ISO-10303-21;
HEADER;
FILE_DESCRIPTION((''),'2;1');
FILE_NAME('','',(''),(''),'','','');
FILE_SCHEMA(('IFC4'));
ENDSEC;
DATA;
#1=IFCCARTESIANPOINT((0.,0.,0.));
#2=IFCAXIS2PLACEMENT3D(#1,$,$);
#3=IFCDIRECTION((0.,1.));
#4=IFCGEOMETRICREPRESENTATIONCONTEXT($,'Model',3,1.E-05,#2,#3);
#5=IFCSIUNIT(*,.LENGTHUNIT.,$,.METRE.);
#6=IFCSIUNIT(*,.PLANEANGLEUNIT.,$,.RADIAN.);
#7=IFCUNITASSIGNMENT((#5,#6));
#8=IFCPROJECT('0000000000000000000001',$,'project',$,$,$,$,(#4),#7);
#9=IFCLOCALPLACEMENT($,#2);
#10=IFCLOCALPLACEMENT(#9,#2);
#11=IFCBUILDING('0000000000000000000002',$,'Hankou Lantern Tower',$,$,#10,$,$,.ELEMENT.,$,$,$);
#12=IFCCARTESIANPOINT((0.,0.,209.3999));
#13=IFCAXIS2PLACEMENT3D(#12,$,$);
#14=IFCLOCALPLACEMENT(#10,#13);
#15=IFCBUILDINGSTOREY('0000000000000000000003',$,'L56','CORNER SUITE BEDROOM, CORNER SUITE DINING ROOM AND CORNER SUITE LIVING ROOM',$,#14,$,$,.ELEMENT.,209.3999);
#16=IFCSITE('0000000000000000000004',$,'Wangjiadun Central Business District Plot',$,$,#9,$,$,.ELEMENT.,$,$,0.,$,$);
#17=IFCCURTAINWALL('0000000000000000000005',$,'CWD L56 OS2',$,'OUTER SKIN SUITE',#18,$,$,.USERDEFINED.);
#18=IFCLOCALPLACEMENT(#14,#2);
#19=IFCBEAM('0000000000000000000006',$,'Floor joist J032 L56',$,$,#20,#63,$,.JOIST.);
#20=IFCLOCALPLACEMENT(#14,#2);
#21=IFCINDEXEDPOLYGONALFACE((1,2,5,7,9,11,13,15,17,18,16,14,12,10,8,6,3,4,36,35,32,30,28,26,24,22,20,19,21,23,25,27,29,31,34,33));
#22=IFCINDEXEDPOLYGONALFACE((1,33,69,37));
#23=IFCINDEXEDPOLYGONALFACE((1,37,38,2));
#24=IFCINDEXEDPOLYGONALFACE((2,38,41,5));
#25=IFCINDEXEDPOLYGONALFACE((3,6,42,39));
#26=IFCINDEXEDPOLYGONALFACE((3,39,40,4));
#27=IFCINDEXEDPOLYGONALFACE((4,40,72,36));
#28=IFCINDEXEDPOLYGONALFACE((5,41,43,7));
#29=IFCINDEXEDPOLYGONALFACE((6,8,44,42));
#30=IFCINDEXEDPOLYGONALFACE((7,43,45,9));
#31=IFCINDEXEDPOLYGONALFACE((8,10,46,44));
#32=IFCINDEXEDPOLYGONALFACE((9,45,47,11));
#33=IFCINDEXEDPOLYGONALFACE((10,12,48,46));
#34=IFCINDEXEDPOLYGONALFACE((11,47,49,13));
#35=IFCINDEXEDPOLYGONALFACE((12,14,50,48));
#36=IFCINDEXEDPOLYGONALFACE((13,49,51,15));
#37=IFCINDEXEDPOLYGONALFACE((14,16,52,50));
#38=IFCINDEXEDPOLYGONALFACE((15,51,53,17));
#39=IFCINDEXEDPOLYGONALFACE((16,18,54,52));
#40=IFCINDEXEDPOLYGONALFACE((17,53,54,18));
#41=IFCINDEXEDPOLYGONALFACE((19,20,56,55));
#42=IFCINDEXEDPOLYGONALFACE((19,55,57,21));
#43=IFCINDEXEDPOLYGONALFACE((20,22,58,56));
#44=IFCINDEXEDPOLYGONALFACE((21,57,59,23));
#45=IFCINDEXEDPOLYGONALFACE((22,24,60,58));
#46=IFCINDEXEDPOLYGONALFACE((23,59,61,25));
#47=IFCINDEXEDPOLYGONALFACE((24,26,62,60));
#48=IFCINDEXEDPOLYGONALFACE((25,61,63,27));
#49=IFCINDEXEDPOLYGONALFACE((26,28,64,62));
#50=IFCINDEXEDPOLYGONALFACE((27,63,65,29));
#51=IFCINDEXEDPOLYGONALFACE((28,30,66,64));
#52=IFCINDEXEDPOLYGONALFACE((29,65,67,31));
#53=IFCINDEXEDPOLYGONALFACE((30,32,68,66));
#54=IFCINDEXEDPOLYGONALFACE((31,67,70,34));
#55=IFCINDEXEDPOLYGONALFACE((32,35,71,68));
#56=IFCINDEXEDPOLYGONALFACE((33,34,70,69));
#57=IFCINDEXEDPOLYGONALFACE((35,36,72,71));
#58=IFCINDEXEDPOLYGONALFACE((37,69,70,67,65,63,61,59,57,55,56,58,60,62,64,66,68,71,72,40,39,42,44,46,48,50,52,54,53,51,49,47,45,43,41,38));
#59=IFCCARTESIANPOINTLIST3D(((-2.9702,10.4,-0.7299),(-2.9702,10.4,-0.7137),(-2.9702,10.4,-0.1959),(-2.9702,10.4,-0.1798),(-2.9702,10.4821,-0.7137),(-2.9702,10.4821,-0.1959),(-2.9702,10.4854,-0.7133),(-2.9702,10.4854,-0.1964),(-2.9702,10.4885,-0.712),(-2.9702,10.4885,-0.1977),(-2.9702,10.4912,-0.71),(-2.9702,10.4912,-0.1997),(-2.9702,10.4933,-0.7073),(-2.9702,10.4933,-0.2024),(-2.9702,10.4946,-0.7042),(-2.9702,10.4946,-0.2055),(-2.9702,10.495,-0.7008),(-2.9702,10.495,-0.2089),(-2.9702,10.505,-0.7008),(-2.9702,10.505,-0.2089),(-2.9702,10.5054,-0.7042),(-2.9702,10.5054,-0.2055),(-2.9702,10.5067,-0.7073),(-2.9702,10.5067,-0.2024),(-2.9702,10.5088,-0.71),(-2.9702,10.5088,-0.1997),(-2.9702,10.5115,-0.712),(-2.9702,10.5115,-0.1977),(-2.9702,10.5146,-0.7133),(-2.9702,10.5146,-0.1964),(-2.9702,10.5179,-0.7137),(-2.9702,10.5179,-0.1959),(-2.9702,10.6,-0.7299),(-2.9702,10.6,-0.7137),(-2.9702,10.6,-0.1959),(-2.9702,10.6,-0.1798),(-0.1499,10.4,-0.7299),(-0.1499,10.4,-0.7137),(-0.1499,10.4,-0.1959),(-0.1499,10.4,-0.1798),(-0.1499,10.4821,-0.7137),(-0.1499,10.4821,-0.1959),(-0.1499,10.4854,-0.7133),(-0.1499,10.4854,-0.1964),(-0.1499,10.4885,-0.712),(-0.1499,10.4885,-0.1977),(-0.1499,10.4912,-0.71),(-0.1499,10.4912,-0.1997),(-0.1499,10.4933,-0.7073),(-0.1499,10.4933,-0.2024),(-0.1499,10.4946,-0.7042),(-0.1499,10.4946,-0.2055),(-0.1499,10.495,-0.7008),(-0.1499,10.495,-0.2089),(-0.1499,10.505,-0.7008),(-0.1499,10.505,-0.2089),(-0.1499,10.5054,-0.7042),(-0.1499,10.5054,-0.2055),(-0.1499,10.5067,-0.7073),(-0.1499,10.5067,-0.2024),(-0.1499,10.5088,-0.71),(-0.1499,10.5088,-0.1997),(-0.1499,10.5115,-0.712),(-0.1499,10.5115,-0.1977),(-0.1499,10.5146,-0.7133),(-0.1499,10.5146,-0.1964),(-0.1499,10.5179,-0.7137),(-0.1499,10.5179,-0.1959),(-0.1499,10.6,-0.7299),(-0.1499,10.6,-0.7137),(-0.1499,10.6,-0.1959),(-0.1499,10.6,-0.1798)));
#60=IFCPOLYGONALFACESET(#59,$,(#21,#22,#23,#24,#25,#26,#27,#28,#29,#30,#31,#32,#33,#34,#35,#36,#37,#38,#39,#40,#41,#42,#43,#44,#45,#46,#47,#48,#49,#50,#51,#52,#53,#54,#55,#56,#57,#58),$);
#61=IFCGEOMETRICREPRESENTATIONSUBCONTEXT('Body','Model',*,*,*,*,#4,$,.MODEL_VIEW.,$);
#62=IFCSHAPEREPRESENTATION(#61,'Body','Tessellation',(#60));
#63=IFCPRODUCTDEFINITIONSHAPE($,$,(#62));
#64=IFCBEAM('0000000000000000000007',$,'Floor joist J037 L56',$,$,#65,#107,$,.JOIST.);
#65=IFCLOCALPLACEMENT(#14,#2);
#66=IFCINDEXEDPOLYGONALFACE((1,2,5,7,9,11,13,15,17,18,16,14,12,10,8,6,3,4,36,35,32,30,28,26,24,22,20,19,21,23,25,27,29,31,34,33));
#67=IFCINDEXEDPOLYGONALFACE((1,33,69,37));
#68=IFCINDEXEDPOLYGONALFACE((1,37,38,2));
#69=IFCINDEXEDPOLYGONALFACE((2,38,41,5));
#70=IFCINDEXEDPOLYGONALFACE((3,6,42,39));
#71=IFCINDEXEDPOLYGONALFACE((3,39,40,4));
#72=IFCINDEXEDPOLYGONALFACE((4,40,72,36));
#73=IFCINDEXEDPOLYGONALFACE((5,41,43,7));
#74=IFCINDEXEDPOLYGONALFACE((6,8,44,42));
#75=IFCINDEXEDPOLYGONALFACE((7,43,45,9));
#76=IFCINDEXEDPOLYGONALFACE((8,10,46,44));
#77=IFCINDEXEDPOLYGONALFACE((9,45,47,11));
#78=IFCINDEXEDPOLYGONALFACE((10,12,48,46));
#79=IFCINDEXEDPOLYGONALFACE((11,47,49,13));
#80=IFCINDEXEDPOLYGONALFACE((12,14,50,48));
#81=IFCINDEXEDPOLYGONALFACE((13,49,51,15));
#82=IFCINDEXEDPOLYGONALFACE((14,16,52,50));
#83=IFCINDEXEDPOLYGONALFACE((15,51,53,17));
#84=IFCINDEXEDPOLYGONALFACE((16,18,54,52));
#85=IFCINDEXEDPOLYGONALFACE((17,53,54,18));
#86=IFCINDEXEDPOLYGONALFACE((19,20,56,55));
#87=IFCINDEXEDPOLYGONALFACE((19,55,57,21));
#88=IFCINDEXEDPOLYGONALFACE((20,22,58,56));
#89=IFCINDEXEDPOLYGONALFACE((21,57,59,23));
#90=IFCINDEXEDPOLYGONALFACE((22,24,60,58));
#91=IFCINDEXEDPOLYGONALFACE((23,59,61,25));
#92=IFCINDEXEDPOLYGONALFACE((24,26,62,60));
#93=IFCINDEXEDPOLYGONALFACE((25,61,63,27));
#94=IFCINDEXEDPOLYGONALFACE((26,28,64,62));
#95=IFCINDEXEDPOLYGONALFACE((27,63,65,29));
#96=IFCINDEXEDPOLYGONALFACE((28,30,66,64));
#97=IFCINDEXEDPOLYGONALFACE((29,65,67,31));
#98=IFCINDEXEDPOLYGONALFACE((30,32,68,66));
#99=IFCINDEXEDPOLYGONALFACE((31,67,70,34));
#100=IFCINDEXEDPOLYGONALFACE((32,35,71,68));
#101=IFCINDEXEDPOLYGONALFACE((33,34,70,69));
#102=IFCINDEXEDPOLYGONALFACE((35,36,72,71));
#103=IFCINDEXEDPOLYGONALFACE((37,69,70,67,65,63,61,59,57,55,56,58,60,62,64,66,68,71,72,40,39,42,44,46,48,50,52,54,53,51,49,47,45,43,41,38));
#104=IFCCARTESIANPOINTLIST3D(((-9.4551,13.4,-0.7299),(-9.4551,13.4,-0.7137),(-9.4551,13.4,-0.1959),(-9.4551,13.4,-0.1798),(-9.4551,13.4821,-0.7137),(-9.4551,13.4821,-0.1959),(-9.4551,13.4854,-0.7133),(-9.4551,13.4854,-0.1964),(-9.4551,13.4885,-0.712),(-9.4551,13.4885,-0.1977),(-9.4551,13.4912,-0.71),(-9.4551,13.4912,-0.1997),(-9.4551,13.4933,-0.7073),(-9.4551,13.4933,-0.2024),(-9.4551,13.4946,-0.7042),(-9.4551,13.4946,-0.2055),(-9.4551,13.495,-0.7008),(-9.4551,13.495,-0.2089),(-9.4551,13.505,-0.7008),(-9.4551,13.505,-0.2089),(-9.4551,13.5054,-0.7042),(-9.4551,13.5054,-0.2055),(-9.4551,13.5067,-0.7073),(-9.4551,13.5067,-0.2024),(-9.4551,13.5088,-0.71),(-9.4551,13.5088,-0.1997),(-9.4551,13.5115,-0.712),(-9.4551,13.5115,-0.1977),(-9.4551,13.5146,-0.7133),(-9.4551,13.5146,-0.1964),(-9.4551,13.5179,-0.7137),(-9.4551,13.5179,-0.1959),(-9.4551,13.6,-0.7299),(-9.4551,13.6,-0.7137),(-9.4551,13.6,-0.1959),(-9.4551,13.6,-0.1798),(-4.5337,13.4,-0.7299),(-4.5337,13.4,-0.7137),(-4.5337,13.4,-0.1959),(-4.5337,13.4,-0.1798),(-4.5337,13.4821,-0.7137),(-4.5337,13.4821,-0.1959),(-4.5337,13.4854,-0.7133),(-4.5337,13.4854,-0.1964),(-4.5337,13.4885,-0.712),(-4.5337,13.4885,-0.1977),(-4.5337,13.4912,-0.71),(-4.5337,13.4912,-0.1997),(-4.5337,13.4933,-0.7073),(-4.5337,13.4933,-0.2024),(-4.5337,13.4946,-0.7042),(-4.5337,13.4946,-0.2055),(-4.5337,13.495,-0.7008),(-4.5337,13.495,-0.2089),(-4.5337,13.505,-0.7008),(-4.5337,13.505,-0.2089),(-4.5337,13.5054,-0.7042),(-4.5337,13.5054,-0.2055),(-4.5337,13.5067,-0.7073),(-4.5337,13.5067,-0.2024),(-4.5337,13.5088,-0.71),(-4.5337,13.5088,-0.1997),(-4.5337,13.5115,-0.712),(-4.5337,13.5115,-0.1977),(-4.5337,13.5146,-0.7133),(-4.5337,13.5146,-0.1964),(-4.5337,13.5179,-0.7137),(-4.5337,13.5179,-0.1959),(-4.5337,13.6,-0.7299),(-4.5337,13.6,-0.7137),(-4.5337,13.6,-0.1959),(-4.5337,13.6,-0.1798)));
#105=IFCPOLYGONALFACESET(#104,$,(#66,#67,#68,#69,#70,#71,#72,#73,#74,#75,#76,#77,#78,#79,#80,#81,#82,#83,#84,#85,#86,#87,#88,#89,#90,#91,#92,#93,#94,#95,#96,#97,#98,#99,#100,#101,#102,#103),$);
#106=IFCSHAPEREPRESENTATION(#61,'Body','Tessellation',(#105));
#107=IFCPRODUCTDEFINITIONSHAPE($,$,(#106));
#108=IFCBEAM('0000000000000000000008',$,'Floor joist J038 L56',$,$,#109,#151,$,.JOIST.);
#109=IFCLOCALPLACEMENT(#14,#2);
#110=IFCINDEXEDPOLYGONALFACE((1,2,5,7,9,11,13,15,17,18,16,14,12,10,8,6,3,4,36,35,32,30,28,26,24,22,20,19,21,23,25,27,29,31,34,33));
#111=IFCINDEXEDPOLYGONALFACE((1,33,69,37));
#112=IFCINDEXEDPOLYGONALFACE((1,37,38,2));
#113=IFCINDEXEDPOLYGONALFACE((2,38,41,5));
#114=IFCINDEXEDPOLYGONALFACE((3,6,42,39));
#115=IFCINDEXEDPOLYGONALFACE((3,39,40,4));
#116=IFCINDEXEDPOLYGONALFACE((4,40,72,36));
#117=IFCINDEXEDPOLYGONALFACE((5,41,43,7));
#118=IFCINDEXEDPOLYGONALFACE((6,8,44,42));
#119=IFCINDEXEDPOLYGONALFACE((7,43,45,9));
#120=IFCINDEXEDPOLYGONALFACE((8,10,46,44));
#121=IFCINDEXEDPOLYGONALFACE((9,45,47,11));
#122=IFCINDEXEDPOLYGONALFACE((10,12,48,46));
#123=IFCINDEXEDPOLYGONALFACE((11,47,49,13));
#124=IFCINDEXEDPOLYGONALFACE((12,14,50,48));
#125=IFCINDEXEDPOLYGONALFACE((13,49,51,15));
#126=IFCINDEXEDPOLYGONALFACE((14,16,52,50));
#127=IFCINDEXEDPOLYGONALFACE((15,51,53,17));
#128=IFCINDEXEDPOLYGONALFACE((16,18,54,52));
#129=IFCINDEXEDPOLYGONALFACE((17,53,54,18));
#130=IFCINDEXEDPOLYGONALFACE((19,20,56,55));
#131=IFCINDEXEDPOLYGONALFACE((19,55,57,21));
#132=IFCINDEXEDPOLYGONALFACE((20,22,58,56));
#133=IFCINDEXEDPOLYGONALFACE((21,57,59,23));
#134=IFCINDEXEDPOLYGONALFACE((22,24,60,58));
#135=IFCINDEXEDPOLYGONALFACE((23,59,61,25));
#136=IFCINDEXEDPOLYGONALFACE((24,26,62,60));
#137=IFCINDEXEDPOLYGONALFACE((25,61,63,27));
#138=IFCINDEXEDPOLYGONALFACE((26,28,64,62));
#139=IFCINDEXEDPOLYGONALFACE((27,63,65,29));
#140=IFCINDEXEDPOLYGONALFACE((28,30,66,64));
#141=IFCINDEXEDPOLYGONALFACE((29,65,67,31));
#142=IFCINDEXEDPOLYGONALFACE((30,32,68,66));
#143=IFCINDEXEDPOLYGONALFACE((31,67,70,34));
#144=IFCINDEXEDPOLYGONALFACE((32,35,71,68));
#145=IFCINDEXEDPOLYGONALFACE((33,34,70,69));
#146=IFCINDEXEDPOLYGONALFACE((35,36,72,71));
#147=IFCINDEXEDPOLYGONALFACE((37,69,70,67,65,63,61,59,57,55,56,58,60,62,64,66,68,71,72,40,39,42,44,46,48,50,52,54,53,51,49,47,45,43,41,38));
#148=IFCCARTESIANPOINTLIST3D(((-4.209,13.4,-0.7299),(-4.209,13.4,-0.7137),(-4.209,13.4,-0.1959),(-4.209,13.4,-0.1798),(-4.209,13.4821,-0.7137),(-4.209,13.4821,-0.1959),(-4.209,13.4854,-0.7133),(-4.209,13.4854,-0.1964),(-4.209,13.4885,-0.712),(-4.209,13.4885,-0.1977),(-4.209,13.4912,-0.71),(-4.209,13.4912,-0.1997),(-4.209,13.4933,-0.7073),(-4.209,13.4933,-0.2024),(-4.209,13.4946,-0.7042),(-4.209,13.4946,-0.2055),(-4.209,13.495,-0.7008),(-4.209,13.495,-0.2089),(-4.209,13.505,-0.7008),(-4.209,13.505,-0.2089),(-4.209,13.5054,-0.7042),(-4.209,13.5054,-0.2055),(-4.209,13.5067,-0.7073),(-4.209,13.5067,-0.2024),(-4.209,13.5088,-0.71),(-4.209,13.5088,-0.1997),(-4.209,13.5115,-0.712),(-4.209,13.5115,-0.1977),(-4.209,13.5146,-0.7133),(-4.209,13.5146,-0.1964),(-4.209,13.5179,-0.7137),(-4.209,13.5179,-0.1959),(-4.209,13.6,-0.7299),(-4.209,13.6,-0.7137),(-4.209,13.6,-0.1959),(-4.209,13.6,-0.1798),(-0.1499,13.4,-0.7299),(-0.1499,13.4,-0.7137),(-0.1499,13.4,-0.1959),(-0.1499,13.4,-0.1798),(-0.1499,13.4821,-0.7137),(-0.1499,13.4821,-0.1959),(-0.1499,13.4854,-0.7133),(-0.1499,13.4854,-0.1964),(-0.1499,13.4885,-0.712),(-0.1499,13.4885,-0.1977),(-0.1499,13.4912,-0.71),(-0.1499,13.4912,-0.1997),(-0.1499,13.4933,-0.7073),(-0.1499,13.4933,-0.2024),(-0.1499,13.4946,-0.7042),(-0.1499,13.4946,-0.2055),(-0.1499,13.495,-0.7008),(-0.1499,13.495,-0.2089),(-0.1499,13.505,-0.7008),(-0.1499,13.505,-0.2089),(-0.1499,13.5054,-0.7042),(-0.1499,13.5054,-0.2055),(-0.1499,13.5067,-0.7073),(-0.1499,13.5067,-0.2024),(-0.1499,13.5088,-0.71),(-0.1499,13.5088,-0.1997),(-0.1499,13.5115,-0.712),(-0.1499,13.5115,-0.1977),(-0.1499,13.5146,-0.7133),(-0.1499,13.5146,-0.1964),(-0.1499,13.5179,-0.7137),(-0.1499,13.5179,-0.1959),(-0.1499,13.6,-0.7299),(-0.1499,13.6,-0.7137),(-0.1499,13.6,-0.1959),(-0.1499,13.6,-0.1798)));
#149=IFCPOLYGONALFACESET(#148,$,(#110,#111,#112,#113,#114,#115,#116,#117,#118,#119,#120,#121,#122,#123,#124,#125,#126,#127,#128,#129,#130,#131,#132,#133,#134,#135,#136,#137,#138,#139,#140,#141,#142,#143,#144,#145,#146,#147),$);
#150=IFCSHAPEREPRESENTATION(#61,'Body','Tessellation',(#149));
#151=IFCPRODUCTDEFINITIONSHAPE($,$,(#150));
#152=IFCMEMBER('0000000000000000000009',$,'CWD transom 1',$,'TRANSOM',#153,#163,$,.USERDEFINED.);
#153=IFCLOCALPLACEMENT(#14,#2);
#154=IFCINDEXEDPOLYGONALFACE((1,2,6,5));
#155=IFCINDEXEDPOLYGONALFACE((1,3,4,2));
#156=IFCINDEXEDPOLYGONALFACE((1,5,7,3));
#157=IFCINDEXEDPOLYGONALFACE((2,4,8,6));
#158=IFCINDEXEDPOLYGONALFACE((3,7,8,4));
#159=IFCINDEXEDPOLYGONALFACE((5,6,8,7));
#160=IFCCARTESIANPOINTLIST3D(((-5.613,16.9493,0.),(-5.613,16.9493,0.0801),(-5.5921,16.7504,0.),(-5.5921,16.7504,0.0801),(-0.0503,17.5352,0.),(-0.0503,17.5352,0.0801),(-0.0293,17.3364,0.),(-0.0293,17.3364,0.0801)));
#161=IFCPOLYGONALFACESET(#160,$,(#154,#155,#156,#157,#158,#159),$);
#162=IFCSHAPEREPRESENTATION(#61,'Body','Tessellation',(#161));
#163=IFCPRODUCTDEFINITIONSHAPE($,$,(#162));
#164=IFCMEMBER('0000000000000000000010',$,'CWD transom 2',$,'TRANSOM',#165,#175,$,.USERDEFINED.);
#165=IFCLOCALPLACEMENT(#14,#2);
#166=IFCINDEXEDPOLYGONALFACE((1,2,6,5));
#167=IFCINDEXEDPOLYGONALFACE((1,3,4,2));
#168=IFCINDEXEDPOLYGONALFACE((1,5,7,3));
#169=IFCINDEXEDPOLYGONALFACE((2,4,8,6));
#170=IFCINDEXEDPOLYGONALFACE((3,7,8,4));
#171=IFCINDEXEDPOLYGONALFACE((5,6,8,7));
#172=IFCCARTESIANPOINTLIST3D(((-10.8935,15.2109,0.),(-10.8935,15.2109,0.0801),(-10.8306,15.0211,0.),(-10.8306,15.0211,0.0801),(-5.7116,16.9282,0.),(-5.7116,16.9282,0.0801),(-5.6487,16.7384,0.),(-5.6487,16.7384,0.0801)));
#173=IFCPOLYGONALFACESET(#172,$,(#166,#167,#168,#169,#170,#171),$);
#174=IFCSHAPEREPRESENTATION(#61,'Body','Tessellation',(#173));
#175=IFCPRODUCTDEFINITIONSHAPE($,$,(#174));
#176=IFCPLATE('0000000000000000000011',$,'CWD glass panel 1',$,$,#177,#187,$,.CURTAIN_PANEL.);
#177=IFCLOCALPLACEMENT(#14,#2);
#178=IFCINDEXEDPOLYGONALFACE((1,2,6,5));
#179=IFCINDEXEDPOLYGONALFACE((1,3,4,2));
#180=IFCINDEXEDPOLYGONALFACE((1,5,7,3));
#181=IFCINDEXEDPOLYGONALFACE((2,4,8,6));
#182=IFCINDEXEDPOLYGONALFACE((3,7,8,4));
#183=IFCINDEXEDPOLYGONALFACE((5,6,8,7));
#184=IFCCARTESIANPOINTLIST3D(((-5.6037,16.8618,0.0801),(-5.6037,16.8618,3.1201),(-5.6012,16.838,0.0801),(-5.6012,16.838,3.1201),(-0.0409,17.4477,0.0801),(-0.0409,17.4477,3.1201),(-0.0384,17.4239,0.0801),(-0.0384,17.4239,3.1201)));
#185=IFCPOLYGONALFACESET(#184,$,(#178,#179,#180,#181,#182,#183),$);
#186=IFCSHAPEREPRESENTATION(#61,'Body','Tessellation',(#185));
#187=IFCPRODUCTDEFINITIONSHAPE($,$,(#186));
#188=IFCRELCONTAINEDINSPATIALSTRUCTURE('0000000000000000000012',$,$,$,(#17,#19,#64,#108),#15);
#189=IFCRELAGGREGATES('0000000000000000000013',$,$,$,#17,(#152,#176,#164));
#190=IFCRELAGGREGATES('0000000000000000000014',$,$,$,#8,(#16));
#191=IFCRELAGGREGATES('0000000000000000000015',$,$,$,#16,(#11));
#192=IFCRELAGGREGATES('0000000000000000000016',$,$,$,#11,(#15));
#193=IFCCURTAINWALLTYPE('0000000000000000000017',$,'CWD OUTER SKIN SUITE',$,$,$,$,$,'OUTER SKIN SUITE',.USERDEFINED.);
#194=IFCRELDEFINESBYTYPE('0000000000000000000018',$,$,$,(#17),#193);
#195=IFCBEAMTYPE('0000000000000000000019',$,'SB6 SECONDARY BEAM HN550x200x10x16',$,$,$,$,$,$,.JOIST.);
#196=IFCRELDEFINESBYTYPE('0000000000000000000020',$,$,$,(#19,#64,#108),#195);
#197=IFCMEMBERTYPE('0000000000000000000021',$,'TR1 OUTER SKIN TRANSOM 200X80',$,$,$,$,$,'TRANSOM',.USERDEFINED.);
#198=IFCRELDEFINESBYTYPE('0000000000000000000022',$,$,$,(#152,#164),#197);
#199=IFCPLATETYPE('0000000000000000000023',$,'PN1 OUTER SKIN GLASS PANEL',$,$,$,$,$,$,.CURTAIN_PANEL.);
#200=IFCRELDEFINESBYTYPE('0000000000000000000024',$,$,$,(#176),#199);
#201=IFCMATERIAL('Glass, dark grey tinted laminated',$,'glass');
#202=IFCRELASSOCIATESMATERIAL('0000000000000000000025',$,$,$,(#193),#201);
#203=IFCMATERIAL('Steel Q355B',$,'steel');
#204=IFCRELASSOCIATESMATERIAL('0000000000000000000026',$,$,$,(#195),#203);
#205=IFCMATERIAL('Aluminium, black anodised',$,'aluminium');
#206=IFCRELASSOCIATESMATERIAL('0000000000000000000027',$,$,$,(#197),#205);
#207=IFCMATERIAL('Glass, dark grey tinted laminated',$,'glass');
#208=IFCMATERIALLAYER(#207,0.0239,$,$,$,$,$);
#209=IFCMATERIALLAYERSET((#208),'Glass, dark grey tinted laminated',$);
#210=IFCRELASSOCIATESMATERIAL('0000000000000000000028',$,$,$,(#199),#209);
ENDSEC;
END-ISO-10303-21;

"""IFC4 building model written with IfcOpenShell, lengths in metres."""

from ifc_helpers import new_model, si_unit, direction, frame, origin, origin_2d, place, context, subcontext, project, spatial, rectangle, i_section, extrude, material, layer, layer_set, material_profile, profile_set, type_object, element, aggregate, save


model = new_model("IFC4")

# Units and contexts
model_context = context("Model", 3, precision=1e-05, world=origin(), true_north=direction((0.0, 1.0)))
body_context = subcontext(model_context, "Body", "Model", "MODEL_VIEW")
ifc_project = project(units=[si_unit("LENGTHUNIT", "METRE"), si_unit("PLANEANGLEUNIT", "RADIAN")], contexts=[model_context])

# Site, building, storey
site_placement = place(None, origin())
site = spatial("IfcSite", under=ifc_project, at=site_placement, Name="Wangjiadun Central Business District Plot", CompositionType="ELEMENT", RefElevation=0.0)
building_placement = place(site_placement, origin())
building = spatial("IfcBuilding", under=site, at=building_placement, Name="Hankou Lantern Tower", CompositionType="ELEMENT")
storey_placement = place(building_placement, frame((0.0, 0.0, 209.3999)))
storey = spatial("IfcBuildingStorey", under=building, at=storey_placement, Name="L56", Description="CORNER SUITE BEDROOM, CORNER SUITE DINING ROOM AND CORNER SUITE LIVING ROOM", CompositionType="ELEMENT", Elevation=209.3999)

# Curtain wall
ifc_material_1 = material(Name="Glass, dark grey tinted laminated", Category="glass")
curtain_wall_type = type_object("IfcCurtainWallType", Name="CWD OUTER SKIN SUITE", ElementType="OUTER SKIN SUITE", PredefinedType="USERDEFINED", material=ifc_material_1)
curtain_wall_placement = place(storey_placement, origin())
curtain_wall = element("IfcCurtainWall", 1, at=curtain_wall_placement, inside=storey, type_object=curtain_wall_type, Name="CWD L56 OS2", ObjectType="OUTER SKIN SUITE", PredefinedType="USERDEFINED")

# Beams
ifc_material_2 = material(Name="Steel Q355B", Category="steel")
ifc_material_profile_1 = material_profile(ifc_material_2, i_section(OverallWidth=0.2, OverallDepth=0.55, WebThickness=0.01, FlangeThickness=0.0161, FilletRadius=0.0129, at=origin_2d()), Name="HN550x200x10x16")
ifc_profile_set_1 = profile_set([ifc_material_profile_1], Name="Steel Q355B")
beam_type_1 = type_object("IfcBeamType", Name="SB6 SECONDARY BEAM HN550x200x10x16", PredefinedType="JOIST", material=ifc_profile_set_1)
beam_1_placement = place(storey_placement, frame((-2.9702, 10.5, -0.4548), z_axis=(1.0, 0.0, 0.0), x_axis=(0.0, 1.0, 0.0)))
element("IfcBeam", 2, at=beam_1_placement, inside=storey, type_object=beam_type_1, Name="Floor joist J032 L56", PredefinedType="JOIST", context=body_context, shape_type="SweptSolid", body=[
    extrude(i_section(OverallWidth=0.2, OverallDepth=0.55, WebThickness=0.01, FlangeThickness=0.0161, FilletRadius=0.0129, at=origin_2d()), origin(), (0.0, 0.0, 1.0), 2.8203),
])
beam_2_placement = place(storey_placement, frame((-9.4551, 13.5, -0.4548), z_axis=(1.0, 0.0, 0.0), x_axis=(0.0, 1.0, 0.0)))
element("IfcBeam", 3, at=beam_2_placement, inside=storey, type_object=beam_type_1, Name="Floor joist J037 L56", PredefinedType="JOIST", context=body_context, shape_type="SweptSolid", body=[
    extrude(i_section(OverallWidth=0.2, OverallDepth=0.55, WebThickness=0.01, FlangeThickness=0.0161, FilletRadius=0.0129, at=origin_2d()), origin(), (0.0, 0.0, 1.0), 4.9214),
])
beam_3_placement = place(storey_placement, frame((-4.209, 13.5, -0.4548), z_axis=(1.0, 0.0, 0.0), x_axis=(0.0, 1.0, 0.0)))
element("IfcBeam", 4, at=beam_3_placement, inside=storey, type_object=beam_type_1, Name="Floor joist J038 L56", PredefinedType="JOIST", context=body_context, shape_type="SweptSolid", body=[
    extrude(i_section(OverallWidth=0.2, OverallDepth=0.55, WebThickness=0.01, FlangeThickness=0.0161, FilletRadius=0.0129, at=origin_2d()), origin(), (0.0, 0.0, 1.0), 4.0591),
])

# Members
ifc_material_3 = material(Name="Aluminium, black anodised", Category="aluminium")
ifc_material_profile_2 = material_profile(ifc_material_3, rectangle(XDim=0.2, YDim=0.0801, at=origin_2d()), Name="TR1 200X80")
ifc_profile_set_2 = profile_set([ifc_material_profile_2], Name="Aluminium, black anodised")
member_type_1 = type_object("IfcMemberType", Name="TR1 OUTER SKIN TRANSOM 200X80", ElementType="TRANSOM", PredefinedType="USERDEFINED", material=ifc_profile_set_2)
member_1_placement = place(storey_placement, frame((-0.0398, 17.4358, 0.04), z_axis=(-0.994498, -0.104753, 0.0), x_axis=(0.104753, -0.994498, 0.0)))
member_1 = element("IfcMember", 5, at=member_1_placement, type_object=member_type_1, Name="CWD transom 1", ObjectType="TRANSOM", PredefinedType="USERDEFINED", context=body_context, shape_type="SweptSolid", body=[
    extrude(rectangle(XDim=0.2, YDim=0.0801, at=origin_2d()), origin(), (0.0, 0.0, 1.0), 5.5935),
])
member_2_placement = place(storey_placement, frame((-5.6802, 16.8333, 0.04), z_axis=(-0.949232, -0.314577, 0.0), x_axis=(0.314577, -0.949232, 0.0)))
member_2 = element("IfcMember", 6, at=member_2_placement, type_object=member_type_1, Name="CWD transom 2", ObjectType="TRANSOM", PredefinedType="USERDEFINED", context=body_context, shape_type="SweptSolid", body=[
    extrude(rectangle(XDim=0.2, YDim=0.0801, at=origin_2d()), origin(), (0.0, 0.0, 1.0), 5.459),
])

# Plate
ifc_material_4 = material(Name="Glass, dark grey tinted laminated", Category="glass")
ifc_layer_1 = layer(ifc_material_4, 0.0239)
ifc_layer_set_1 = layer_set([ifc_layer_1], Name="Glass, dark grey tinted laminated")
plate_type = type_object("IfcPlateType", Name="PN1 OUTER SKIN GLASS PANEL", PredefinedType="CURTAIN_PANEL", material=ifc_layer_set_1)
plate_1_placement = place(storey_placement, frame((-2.821, 17.1428, 0.0801), z_axis=(0.0, 0.0, 1.0), x_axis=(-0.994499, -0.104743, 0.0)))
plate_1 = element("IfcPlate", 7, at=plate_1_placement, type_object=plate_type, Name="CWD glass panel 1", PredefinedType="CURTAIN_PANEL", context=body_context, shape_type="SweptSolid", body=[
    extrude(rectangle(XDim=5.5935, YDim=0.0239, at=origin_2d()), origin(), (0.0, 0.0, 1.0), 3.04),
])
aggregate(curtain_wall, [member_1, plate_1, member_2])

save(model, "model.ifc")
